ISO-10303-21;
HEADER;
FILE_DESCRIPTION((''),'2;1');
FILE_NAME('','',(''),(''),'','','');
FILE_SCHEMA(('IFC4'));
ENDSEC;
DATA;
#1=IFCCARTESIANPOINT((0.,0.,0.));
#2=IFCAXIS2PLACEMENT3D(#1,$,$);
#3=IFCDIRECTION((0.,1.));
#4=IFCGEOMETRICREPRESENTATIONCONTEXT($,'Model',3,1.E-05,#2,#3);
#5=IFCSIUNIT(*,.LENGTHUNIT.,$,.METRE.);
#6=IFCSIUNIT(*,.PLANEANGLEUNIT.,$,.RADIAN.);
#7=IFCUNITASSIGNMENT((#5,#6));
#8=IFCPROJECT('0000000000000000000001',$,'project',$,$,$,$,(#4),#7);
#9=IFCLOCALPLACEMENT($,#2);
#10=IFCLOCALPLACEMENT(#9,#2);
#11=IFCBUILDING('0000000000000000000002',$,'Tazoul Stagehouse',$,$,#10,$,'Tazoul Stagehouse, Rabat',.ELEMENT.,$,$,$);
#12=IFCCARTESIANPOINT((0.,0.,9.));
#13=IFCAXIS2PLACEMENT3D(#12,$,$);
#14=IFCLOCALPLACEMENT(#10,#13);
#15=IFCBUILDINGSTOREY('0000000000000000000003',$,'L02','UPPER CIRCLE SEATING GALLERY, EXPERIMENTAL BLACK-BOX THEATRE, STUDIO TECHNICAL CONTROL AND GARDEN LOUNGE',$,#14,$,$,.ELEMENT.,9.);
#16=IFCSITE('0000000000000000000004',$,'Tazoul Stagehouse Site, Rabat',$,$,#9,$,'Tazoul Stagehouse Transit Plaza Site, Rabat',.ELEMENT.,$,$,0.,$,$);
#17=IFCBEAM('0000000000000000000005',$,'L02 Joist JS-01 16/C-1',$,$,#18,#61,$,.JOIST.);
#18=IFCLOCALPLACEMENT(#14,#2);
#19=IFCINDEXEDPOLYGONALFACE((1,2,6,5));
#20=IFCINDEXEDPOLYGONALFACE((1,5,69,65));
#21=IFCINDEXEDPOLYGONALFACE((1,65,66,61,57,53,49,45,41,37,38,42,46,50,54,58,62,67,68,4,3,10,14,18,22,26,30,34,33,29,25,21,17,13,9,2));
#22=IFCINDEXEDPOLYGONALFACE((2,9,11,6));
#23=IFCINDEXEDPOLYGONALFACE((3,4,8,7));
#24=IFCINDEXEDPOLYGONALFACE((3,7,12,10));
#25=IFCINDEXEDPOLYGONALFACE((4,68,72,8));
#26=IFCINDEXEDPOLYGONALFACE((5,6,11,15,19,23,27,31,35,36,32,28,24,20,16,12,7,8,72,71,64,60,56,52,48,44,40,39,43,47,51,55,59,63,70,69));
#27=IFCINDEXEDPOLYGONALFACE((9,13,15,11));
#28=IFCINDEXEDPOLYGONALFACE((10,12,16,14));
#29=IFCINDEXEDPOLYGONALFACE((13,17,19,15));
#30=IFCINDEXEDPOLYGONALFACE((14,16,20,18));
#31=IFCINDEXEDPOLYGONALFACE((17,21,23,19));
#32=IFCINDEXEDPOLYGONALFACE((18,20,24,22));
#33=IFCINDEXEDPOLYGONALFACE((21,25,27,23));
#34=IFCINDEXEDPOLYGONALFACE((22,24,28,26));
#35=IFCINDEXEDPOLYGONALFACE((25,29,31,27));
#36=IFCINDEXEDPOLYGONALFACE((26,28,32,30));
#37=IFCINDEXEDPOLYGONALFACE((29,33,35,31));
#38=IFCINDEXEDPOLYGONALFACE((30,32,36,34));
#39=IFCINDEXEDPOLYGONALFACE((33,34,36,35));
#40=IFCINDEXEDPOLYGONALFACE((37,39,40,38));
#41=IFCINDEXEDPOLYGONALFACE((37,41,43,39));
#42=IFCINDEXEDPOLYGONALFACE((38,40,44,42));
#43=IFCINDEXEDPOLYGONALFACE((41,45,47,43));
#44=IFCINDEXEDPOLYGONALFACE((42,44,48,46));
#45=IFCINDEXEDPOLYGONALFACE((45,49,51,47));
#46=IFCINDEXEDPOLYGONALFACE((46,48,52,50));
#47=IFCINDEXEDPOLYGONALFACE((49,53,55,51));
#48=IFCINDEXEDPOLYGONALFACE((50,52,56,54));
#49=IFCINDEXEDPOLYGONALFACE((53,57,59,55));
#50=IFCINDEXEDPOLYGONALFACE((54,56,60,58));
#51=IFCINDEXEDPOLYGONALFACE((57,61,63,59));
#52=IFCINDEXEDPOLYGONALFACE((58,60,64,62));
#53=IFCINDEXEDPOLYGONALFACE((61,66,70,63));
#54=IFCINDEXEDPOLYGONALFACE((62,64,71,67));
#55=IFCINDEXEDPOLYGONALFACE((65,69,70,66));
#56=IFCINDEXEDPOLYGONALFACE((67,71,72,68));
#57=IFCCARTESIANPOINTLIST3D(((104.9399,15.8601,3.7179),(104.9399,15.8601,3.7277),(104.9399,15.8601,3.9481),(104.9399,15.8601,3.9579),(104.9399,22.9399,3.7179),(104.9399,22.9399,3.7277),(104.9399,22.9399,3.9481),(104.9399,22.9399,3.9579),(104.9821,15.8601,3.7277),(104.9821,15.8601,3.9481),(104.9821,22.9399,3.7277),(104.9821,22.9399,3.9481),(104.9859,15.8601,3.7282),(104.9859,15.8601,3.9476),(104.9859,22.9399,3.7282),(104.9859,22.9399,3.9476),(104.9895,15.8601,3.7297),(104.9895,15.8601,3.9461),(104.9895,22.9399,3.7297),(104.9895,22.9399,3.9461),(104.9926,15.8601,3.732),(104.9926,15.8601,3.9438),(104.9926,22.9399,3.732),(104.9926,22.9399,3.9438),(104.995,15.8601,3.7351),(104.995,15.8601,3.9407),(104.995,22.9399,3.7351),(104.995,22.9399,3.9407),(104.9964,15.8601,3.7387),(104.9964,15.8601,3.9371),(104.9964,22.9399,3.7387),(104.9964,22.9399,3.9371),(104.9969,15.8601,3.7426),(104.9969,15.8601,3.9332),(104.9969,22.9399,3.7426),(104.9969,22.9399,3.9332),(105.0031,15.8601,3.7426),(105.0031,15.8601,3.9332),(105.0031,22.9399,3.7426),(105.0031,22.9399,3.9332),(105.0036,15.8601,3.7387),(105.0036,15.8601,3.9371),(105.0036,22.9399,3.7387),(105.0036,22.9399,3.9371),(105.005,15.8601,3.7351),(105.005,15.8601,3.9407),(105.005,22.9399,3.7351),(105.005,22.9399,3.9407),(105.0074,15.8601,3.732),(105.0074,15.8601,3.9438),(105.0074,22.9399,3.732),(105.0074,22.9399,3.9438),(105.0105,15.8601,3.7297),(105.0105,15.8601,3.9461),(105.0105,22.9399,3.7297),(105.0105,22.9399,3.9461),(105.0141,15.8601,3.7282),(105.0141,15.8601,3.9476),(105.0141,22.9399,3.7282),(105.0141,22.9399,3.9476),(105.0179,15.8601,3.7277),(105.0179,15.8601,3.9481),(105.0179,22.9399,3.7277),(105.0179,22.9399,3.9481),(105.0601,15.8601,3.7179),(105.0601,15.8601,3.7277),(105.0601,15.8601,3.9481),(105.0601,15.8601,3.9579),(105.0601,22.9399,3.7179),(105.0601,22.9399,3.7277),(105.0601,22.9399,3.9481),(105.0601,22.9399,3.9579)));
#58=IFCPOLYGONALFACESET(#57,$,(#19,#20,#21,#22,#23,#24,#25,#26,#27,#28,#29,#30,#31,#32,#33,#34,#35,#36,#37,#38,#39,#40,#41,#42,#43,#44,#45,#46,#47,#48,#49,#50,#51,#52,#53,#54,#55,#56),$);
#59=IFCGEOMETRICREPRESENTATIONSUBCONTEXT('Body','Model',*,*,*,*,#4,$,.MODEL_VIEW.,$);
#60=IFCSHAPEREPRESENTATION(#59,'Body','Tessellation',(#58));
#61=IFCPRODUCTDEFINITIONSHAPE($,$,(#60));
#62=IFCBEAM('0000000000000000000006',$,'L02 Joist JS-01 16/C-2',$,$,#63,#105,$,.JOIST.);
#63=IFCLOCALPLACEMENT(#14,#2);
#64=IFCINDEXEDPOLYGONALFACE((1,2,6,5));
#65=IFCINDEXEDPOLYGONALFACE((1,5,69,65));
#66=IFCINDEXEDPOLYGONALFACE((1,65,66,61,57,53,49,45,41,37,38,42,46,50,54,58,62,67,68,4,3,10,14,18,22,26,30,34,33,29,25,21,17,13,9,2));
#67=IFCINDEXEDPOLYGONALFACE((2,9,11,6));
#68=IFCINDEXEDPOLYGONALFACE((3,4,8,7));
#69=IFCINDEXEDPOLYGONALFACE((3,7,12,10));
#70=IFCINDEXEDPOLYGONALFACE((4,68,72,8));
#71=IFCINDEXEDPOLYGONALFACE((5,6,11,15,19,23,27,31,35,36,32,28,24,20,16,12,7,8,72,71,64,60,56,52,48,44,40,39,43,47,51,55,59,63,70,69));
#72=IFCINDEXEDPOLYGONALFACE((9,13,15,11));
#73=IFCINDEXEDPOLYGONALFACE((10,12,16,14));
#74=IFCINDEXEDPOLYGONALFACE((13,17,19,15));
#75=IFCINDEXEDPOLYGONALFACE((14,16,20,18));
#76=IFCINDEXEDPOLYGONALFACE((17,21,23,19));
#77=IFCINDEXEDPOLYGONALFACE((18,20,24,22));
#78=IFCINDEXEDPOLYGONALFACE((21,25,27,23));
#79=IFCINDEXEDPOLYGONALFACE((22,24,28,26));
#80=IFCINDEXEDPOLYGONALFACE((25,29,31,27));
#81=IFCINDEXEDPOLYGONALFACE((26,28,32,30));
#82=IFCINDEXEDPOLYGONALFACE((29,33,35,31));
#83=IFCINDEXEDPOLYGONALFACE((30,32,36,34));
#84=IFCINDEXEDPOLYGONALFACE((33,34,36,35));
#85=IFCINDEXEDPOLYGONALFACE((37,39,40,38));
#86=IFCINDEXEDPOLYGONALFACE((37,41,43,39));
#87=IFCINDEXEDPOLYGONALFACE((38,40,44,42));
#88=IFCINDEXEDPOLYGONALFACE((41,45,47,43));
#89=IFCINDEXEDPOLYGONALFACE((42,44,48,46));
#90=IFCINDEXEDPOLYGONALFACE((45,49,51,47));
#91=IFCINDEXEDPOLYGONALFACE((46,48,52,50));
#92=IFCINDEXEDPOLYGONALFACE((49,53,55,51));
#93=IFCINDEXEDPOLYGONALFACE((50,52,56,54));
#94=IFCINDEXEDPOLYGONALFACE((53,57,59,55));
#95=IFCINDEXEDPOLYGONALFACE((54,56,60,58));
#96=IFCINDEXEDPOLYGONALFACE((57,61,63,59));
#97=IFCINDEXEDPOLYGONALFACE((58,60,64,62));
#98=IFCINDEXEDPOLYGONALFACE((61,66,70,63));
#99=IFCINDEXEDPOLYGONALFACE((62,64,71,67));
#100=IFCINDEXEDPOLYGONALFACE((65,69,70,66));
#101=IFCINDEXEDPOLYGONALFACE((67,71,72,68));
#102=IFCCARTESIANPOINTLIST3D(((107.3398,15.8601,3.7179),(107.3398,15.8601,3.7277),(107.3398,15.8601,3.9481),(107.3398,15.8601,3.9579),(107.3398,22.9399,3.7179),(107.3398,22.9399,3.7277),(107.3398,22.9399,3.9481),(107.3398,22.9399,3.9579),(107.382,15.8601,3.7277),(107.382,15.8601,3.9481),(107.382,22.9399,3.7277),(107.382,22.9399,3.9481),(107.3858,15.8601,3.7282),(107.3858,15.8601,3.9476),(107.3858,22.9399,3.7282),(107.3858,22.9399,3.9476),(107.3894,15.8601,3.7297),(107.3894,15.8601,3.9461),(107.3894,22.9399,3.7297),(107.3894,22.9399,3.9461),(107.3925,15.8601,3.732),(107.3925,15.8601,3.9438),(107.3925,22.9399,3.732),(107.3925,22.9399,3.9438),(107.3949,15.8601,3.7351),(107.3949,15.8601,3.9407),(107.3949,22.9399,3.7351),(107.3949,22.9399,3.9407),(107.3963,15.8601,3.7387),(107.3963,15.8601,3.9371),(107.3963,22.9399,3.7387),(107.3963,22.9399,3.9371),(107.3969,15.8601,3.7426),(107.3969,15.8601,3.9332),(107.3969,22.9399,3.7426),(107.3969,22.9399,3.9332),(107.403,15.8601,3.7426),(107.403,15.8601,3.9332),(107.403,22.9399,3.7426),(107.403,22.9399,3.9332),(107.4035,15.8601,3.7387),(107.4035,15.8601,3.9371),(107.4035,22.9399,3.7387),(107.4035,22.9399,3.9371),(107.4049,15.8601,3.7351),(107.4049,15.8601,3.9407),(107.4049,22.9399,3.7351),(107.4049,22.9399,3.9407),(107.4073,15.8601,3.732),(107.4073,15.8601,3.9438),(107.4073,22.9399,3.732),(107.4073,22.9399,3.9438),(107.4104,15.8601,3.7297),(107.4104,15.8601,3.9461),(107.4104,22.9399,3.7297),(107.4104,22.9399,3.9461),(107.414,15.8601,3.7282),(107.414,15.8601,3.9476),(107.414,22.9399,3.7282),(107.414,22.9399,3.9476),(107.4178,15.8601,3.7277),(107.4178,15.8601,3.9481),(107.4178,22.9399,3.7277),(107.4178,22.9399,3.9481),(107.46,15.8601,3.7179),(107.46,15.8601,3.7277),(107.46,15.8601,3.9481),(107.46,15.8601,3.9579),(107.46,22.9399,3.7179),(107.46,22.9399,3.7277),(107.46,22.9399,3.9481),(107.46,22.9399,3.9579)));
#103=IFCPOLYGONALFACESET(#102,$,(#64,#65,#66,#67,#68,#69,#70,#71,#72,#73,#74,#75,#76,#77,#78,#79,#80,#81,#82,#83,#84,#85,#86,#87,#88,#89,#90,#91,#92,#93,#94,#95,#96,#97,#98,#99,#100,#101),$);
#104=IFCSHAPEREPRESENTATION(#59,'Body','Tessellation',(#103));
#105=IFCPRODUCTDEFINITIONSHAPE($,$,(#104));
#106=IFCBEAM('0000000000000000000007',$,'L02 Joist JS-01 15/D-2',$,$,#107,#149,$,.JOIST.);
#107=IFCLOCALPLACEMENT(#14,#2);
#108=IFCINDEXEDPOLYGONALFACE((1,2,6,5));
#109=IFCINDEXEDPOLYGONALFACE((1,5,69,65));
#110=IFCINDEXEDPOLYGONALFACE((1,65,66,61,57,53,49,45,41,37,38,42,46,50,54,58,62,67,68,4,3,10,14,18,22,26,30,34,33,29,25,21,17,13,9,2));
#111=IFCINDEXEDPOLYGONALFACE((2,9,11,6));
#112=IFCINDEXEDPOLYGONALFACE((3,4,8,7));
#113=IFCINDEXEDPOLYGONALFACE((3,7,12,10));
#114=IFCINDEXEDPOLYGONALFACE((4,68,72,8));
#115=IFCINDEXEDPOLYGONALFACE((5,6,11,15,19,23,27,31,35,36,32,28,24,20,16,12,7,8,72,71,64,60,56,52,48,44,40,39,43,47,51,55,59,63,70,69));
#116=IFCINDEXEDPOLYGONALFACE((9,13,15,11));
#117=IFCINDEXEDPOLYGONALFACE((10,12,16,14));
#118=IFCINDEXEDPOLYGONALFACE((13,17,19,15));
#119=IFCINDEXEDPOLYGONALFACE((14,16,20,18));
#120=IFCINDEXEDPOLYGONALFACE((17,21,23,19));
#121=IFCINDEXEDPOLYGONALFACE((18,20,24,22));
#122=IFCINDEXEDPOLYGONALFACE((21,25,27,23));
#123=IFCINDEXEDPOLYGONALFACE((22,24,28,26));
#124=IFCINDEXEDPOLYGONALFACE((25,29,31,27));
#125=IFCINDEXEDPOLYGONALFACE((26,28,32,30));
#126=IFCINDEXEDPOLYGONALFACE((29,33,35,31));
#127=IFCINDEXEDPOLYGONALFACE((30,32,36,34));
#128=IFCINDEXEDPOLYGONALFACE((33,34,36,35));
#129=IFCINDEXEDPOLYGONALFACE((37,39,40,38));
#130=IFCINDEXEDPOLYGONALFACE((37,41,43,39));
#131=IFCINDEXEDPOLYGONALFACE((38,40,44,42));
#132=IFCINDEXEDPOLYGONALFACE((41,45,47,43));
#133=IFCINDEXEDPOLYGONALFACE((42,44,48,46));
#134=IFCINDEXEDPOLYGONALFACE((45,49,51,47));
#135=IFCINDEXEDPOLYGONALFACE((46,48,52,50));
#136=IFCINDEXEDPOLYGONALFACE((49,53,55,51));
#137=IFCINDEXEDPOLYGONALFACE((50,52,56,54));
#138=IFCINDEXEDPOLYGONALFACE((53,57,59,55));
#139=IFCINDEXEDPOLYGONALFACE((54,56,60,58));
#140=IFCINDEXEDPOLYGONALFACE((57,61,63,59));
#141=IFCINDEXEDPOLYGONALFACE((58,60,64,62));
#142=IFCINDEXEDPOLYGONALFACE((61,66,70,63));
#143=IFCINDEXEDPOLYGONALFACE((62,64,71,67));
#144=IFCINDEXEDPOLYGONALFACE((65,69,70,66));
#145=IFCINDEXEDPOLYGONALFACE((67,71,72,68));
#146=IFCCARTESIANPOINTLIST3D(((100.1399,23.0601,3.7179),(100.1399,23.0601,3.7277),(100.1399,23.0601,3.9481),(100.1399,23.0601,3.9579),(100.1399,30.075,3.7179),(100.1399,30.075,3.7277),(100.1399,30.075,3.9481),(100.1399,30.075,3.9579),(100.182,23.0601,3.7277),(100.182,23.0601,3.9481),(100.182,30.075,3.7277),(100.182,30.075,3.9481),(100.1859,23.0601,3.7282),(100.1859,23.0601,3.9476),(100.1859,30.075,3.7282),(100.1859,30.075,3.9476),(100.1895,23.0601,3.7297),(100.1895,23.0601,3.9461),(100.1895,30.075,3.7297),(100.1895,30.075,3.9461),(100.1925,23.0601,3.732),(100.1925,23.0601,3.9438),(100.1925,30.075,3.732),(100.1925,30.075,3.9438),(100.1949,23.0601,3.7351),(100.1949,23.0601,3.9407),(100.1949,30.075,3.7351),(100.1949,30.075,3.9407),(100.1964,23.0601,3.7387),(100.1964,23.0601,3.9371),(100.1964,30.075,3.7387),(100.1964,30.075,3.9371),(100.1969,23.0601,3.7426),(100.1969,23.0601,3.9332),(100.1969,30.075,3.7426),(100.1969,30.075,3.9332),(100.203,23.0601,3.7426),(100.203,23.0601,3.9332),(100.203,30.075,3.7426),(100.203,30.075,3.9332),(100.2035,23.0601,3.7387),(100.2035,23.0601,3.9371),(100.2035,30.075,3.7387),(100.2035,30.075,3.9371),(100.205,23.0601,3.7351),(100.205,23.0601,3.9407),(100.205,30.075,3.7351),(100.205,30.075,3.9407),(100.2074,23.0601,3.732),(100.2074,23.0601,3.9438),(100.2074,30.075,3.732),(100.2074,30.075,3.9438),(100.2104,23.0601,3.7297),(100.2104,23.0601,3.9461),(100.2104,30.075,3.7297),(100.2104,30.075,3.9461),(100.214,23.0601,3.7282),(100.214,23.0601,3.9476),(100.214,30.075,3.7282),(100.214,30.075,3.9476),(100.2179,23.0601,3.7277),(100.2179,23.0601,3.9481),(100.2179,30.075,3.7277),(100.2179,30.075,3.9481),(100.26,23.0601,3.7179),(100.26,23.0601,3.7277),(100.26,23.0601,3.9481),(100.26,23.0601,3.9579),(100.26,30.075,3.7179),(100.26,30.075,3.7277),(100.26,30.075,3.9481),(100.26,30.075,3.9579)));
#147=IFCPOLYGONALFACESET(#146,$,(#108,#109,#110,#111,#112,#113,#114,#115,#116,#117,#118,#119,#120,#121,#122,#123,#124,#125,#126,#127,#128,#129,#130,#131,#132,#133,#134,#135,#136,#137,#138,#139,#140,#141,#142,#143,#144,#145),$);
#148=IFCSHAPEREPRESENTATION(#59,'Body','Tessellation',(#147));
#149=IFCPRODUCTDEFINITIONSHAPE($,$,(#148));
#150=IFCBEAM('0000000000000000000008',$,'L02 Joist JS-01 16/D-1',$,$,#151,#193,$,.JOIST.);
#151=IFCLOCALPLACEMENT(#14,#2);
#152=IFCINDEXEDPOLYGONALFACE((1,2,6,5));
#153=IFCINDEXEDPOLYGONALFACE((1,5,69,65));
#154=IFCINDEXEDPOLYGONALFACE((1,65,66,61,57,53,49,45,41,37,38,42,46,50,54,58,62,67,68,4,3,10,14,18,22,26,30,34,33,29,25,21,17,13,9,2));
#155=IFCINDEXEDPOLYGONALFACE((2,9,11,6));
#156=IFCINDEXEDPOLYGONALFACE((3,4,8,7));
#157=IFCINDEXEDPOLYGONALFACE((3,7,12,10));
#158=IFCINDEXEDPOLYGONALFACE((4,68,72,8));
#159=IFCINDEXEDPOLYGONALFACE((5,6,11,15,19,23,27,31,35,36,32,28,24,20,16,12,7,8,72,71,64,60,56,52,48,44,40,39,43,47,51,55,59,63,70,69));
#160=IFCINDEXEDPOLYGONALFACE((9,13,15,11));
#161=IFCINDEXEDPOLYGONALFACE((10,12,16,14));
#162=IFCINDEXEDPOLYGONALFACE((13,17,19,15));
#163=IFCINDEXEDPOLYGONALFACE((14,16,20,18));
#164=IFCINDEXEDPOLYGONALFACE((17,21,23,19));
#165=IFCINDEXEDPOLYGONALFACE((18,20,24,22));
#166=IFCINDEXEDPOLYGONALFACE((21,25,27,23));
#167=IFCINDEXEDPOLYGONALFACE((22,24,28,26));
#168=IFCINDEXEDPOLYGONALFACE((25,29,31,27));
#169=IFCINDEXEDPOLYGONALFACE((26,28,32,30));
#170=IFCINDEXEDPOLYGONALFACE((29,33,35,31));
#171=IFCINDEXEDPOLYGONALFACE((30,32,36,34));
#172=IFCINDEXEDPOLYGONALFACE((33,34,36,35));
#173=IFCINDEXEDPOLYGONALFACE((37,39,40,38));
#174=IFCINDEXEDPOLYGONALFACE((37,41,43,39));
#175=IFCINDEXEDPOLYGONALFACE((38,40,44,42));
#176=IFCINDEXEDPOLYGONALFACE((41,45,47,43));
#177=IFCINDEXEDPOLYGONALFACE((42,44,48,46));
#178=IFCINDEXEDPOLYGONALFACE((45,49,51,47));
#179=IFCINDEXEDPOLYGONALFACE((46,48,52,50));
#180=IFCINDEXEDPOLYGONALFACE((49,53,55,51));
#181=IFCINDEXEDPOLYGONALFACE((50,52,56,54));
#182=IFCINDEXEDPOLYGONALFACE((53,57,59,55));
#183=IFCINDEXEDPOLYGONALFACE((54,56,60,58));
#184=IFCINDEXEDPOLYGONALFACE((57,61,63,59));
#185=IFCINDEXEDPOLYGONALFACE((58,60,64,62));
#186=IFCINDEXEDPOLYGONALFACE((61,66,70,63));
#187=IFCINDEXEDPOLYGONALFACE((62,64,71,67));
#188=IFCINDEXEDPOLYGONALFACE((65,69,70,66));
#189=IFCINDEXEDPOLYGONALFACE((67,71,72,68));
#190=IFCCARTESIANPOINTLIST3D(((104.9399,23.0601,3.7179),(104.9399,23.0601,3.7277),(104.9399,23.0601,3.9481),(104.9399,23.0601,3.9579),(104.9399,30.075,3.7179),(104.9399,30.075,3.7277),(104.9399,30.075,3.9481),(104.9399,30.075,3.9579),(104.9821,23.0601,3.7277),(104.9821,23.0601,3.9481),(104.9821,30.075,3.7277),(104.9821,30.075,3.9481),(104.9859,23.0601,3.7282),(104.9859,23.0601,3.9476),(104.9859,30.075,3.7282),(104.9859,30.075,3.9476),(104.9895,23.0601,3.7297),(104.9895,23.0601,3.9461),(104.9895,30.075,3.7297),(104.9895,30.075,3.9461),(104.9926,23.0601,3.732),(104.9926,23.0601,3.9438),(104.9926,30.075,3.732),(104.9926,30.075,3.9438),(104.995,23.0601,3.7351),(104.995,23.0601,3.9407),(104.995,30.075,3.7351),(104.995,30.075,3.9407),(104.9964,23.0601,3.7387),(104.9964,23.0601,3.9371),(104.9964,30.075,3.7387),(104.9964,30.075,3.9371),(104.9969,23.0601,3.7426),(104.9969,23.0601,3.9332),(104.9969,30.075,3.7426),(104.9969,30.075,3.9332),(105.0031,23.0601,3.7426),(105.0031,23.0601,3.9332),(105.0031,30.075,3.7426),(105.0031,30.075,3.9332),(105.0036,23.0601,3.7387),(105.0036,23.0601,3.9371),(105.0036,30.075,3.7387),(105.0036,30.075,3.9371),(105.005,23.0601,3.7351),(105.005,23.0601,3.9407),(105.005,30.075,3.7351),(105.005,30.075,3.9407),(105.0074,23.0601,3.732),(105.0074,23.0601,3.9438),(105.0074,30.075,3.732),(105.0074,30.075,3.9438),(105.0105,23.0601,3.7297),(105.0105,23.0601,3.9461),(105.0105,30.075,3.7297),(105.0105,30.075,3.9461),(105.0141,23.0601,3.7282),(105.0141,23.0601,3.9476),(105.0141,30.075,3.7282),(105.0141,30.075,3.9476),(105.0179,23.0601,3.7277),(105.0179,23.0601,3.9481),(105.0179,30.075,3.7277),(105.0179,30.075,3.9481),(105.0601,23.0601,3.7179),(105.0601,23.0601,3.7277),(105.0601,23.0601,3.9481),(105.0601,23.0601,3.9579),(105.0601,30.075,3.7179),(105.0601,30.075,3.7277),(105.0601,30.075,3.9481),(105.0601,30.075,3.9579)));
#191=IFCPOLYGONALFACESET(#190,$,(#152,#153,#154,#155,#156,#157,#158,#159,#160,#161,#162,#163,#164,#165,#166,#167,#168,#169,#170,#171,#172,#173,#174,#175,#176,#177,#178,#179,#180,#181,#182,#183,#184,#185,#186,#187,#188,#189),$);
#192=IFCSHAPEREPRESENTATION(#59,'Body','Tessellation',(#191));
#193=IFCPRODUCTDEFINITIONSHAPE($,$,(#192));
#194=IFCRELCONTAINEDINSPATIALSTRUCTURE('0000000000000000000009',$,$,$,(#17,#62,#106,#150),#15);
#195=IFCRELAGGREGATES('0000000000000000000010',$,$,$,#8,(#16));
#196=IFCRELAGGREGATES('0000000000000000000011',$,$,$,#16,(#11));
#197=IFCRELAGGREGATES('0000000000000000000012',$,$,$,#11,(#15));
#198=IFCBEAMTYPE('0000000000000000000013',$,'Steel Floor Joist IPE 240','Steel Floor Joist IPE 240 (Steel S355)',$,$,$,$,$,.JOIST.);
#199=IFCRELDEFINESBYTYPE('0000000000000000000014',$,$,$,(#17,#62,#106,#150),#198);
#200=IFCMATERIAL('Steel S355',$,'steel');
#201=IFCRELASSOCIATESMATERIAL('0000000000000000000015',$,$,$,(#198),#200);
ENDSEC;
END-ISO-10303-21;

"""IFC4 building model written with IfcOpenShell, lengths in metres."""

from ifc_helpers import new_model, si_unit, direction, frame, origin, origin_2d, place, context, subcontext, project, spatial, i_section, extrude, material, material_profile, profile_set, type_object, element, save


model = new_model("IFC4")

# Units and contexts
model_context = context("Model", 3, precision=1e-05, world=origin(), true_north=direction((0.0, 1.0)))
body_context = subcontext(model_context, "Body", "Model", "MODEL_VIEW")
ifc_project = project(units=[si_unit("LENGTHUNIT", "METRE"), si_unit("PLANEANGLEUNIT", "RADIAN")], contexts=[model_context])

# Site, building, storey
site_placement = place(None, origin())
site = spatial("IfcSite", under=ifc_project, at=site_placement, Name="Tazoul Stagehouse Site, Rabat", LongName="Tazoul Stagehouse Transit Plaza Site, Rabat", CompositionType="ELEMENT", RefElevation=0.0)
building_placement = place(site_placement, origin())
building = spatial("IfcBuilding", under=site, at=building_placement, Name="Tazoul Stagehouse", LongName="Tazoul Stagehouse, Rabat", CompositionType="ELEMENT")
storey_placement = place(building_placement, frame((0.0, 0.0, 9.0)))
storey = spatial("IfcBuildingStorey", under=building, at=storey_placement, Name="L02", Description="UPPER CIRCLE SEATING GALLERY, EXPERIMENTAL BLACK-BOX THEATRE, STUDIO TECHNICAL CONTROL AND GARDEN LOUNGE", CompositionType="ELEMENT", Elevation=9.0)

# Beams
ifc_material_1 = material(Name="Steel S355", Category="steel")
ifc_material_profile_1 = material_profile(ifc_material_1, i_section(OverallWidth=0.1201, OverallDepth=0.24, WebThickness=0.0061, FlangeThickness=0.0098, FilletRadius=0.0149, at=origin_2d()), Name="IPE 240")
ifc_profile_set_1 = profile_set([ifc_material_profile_1], Name="Steel S355")
beam_type_1 = type_object("IfcBeamType", Name="Steel Floor Joist IPE 240", Description="Steel Floor Joist IPE 240 (Steel S355)", PredefinedType="JOIST", material=ifc_profile_set_1)
for number, where, z_axis, x_axis, name in (
    (1, (105.0, 15.8601, 3.8379), (0.0, 1.0, 0.0), (-1.0, 0.0, 0.0), "L02 Joist JS-01 16/C-1"),
    (2, (107.3999, 15.8601, 3.8379), (0.0, 1.0, 0.0), (-1.0, 0.0, 0.0), "L02 Joist JS-01 16/C-2"),
):
    element("IfcBeam", number, at=place(storey_placement, frame(where, z_axis=z_axis, x_axis=x_axis)), inside=storey, type_object=beam_type_1, Name=name, PredefinedType="JOIST", context=body_context, shape_type="SweptSolid", body=[
        extrude(i_section(OverallWidth=0.1201, OverallDepth=0.24, WebThickness=0.0061, FlangeThickness=0.0098, FilletRadius=0.0149, at=origin_2d()), origin(), (0.0, 0.0, 1.0), 7.0798),
    ])
for number, where, z_axis, x_axis, name in (
    (3, (100.2, 23.0601, 3.8379), (0.0, 1.0, 0.0), (-1.0, 0.0, 0.0), "L02 Joist JS-01 15/D-2"),
    (4, (105.0, 23.0601, 3.8379), (0.0, 1.0, 0.0), (-1.0, 0.0, 0.0), "L02 Joist JS-01 16/D-1"),
):
    element("IfcBeam", number, at=place(storey_placement, frame(where, z_axis=z_axis, x_axis=x_axis)), inside=storey, type_object=beam_type_1, Name=name, PredefinedType="JOIST", context=body_context, shape_type="SweptSolid", body=[
        extrude(i_section(OverallWidth=0.1201, OverallDepth=0.24, WebThickness=0.0061, FlangeThickness=0.0098, FilletRadius=0.0149, at=origin_2d()), origin(), (0.0, 0.0, 1.0), 7.0149),
    ])

save(model, "model.ifc")
